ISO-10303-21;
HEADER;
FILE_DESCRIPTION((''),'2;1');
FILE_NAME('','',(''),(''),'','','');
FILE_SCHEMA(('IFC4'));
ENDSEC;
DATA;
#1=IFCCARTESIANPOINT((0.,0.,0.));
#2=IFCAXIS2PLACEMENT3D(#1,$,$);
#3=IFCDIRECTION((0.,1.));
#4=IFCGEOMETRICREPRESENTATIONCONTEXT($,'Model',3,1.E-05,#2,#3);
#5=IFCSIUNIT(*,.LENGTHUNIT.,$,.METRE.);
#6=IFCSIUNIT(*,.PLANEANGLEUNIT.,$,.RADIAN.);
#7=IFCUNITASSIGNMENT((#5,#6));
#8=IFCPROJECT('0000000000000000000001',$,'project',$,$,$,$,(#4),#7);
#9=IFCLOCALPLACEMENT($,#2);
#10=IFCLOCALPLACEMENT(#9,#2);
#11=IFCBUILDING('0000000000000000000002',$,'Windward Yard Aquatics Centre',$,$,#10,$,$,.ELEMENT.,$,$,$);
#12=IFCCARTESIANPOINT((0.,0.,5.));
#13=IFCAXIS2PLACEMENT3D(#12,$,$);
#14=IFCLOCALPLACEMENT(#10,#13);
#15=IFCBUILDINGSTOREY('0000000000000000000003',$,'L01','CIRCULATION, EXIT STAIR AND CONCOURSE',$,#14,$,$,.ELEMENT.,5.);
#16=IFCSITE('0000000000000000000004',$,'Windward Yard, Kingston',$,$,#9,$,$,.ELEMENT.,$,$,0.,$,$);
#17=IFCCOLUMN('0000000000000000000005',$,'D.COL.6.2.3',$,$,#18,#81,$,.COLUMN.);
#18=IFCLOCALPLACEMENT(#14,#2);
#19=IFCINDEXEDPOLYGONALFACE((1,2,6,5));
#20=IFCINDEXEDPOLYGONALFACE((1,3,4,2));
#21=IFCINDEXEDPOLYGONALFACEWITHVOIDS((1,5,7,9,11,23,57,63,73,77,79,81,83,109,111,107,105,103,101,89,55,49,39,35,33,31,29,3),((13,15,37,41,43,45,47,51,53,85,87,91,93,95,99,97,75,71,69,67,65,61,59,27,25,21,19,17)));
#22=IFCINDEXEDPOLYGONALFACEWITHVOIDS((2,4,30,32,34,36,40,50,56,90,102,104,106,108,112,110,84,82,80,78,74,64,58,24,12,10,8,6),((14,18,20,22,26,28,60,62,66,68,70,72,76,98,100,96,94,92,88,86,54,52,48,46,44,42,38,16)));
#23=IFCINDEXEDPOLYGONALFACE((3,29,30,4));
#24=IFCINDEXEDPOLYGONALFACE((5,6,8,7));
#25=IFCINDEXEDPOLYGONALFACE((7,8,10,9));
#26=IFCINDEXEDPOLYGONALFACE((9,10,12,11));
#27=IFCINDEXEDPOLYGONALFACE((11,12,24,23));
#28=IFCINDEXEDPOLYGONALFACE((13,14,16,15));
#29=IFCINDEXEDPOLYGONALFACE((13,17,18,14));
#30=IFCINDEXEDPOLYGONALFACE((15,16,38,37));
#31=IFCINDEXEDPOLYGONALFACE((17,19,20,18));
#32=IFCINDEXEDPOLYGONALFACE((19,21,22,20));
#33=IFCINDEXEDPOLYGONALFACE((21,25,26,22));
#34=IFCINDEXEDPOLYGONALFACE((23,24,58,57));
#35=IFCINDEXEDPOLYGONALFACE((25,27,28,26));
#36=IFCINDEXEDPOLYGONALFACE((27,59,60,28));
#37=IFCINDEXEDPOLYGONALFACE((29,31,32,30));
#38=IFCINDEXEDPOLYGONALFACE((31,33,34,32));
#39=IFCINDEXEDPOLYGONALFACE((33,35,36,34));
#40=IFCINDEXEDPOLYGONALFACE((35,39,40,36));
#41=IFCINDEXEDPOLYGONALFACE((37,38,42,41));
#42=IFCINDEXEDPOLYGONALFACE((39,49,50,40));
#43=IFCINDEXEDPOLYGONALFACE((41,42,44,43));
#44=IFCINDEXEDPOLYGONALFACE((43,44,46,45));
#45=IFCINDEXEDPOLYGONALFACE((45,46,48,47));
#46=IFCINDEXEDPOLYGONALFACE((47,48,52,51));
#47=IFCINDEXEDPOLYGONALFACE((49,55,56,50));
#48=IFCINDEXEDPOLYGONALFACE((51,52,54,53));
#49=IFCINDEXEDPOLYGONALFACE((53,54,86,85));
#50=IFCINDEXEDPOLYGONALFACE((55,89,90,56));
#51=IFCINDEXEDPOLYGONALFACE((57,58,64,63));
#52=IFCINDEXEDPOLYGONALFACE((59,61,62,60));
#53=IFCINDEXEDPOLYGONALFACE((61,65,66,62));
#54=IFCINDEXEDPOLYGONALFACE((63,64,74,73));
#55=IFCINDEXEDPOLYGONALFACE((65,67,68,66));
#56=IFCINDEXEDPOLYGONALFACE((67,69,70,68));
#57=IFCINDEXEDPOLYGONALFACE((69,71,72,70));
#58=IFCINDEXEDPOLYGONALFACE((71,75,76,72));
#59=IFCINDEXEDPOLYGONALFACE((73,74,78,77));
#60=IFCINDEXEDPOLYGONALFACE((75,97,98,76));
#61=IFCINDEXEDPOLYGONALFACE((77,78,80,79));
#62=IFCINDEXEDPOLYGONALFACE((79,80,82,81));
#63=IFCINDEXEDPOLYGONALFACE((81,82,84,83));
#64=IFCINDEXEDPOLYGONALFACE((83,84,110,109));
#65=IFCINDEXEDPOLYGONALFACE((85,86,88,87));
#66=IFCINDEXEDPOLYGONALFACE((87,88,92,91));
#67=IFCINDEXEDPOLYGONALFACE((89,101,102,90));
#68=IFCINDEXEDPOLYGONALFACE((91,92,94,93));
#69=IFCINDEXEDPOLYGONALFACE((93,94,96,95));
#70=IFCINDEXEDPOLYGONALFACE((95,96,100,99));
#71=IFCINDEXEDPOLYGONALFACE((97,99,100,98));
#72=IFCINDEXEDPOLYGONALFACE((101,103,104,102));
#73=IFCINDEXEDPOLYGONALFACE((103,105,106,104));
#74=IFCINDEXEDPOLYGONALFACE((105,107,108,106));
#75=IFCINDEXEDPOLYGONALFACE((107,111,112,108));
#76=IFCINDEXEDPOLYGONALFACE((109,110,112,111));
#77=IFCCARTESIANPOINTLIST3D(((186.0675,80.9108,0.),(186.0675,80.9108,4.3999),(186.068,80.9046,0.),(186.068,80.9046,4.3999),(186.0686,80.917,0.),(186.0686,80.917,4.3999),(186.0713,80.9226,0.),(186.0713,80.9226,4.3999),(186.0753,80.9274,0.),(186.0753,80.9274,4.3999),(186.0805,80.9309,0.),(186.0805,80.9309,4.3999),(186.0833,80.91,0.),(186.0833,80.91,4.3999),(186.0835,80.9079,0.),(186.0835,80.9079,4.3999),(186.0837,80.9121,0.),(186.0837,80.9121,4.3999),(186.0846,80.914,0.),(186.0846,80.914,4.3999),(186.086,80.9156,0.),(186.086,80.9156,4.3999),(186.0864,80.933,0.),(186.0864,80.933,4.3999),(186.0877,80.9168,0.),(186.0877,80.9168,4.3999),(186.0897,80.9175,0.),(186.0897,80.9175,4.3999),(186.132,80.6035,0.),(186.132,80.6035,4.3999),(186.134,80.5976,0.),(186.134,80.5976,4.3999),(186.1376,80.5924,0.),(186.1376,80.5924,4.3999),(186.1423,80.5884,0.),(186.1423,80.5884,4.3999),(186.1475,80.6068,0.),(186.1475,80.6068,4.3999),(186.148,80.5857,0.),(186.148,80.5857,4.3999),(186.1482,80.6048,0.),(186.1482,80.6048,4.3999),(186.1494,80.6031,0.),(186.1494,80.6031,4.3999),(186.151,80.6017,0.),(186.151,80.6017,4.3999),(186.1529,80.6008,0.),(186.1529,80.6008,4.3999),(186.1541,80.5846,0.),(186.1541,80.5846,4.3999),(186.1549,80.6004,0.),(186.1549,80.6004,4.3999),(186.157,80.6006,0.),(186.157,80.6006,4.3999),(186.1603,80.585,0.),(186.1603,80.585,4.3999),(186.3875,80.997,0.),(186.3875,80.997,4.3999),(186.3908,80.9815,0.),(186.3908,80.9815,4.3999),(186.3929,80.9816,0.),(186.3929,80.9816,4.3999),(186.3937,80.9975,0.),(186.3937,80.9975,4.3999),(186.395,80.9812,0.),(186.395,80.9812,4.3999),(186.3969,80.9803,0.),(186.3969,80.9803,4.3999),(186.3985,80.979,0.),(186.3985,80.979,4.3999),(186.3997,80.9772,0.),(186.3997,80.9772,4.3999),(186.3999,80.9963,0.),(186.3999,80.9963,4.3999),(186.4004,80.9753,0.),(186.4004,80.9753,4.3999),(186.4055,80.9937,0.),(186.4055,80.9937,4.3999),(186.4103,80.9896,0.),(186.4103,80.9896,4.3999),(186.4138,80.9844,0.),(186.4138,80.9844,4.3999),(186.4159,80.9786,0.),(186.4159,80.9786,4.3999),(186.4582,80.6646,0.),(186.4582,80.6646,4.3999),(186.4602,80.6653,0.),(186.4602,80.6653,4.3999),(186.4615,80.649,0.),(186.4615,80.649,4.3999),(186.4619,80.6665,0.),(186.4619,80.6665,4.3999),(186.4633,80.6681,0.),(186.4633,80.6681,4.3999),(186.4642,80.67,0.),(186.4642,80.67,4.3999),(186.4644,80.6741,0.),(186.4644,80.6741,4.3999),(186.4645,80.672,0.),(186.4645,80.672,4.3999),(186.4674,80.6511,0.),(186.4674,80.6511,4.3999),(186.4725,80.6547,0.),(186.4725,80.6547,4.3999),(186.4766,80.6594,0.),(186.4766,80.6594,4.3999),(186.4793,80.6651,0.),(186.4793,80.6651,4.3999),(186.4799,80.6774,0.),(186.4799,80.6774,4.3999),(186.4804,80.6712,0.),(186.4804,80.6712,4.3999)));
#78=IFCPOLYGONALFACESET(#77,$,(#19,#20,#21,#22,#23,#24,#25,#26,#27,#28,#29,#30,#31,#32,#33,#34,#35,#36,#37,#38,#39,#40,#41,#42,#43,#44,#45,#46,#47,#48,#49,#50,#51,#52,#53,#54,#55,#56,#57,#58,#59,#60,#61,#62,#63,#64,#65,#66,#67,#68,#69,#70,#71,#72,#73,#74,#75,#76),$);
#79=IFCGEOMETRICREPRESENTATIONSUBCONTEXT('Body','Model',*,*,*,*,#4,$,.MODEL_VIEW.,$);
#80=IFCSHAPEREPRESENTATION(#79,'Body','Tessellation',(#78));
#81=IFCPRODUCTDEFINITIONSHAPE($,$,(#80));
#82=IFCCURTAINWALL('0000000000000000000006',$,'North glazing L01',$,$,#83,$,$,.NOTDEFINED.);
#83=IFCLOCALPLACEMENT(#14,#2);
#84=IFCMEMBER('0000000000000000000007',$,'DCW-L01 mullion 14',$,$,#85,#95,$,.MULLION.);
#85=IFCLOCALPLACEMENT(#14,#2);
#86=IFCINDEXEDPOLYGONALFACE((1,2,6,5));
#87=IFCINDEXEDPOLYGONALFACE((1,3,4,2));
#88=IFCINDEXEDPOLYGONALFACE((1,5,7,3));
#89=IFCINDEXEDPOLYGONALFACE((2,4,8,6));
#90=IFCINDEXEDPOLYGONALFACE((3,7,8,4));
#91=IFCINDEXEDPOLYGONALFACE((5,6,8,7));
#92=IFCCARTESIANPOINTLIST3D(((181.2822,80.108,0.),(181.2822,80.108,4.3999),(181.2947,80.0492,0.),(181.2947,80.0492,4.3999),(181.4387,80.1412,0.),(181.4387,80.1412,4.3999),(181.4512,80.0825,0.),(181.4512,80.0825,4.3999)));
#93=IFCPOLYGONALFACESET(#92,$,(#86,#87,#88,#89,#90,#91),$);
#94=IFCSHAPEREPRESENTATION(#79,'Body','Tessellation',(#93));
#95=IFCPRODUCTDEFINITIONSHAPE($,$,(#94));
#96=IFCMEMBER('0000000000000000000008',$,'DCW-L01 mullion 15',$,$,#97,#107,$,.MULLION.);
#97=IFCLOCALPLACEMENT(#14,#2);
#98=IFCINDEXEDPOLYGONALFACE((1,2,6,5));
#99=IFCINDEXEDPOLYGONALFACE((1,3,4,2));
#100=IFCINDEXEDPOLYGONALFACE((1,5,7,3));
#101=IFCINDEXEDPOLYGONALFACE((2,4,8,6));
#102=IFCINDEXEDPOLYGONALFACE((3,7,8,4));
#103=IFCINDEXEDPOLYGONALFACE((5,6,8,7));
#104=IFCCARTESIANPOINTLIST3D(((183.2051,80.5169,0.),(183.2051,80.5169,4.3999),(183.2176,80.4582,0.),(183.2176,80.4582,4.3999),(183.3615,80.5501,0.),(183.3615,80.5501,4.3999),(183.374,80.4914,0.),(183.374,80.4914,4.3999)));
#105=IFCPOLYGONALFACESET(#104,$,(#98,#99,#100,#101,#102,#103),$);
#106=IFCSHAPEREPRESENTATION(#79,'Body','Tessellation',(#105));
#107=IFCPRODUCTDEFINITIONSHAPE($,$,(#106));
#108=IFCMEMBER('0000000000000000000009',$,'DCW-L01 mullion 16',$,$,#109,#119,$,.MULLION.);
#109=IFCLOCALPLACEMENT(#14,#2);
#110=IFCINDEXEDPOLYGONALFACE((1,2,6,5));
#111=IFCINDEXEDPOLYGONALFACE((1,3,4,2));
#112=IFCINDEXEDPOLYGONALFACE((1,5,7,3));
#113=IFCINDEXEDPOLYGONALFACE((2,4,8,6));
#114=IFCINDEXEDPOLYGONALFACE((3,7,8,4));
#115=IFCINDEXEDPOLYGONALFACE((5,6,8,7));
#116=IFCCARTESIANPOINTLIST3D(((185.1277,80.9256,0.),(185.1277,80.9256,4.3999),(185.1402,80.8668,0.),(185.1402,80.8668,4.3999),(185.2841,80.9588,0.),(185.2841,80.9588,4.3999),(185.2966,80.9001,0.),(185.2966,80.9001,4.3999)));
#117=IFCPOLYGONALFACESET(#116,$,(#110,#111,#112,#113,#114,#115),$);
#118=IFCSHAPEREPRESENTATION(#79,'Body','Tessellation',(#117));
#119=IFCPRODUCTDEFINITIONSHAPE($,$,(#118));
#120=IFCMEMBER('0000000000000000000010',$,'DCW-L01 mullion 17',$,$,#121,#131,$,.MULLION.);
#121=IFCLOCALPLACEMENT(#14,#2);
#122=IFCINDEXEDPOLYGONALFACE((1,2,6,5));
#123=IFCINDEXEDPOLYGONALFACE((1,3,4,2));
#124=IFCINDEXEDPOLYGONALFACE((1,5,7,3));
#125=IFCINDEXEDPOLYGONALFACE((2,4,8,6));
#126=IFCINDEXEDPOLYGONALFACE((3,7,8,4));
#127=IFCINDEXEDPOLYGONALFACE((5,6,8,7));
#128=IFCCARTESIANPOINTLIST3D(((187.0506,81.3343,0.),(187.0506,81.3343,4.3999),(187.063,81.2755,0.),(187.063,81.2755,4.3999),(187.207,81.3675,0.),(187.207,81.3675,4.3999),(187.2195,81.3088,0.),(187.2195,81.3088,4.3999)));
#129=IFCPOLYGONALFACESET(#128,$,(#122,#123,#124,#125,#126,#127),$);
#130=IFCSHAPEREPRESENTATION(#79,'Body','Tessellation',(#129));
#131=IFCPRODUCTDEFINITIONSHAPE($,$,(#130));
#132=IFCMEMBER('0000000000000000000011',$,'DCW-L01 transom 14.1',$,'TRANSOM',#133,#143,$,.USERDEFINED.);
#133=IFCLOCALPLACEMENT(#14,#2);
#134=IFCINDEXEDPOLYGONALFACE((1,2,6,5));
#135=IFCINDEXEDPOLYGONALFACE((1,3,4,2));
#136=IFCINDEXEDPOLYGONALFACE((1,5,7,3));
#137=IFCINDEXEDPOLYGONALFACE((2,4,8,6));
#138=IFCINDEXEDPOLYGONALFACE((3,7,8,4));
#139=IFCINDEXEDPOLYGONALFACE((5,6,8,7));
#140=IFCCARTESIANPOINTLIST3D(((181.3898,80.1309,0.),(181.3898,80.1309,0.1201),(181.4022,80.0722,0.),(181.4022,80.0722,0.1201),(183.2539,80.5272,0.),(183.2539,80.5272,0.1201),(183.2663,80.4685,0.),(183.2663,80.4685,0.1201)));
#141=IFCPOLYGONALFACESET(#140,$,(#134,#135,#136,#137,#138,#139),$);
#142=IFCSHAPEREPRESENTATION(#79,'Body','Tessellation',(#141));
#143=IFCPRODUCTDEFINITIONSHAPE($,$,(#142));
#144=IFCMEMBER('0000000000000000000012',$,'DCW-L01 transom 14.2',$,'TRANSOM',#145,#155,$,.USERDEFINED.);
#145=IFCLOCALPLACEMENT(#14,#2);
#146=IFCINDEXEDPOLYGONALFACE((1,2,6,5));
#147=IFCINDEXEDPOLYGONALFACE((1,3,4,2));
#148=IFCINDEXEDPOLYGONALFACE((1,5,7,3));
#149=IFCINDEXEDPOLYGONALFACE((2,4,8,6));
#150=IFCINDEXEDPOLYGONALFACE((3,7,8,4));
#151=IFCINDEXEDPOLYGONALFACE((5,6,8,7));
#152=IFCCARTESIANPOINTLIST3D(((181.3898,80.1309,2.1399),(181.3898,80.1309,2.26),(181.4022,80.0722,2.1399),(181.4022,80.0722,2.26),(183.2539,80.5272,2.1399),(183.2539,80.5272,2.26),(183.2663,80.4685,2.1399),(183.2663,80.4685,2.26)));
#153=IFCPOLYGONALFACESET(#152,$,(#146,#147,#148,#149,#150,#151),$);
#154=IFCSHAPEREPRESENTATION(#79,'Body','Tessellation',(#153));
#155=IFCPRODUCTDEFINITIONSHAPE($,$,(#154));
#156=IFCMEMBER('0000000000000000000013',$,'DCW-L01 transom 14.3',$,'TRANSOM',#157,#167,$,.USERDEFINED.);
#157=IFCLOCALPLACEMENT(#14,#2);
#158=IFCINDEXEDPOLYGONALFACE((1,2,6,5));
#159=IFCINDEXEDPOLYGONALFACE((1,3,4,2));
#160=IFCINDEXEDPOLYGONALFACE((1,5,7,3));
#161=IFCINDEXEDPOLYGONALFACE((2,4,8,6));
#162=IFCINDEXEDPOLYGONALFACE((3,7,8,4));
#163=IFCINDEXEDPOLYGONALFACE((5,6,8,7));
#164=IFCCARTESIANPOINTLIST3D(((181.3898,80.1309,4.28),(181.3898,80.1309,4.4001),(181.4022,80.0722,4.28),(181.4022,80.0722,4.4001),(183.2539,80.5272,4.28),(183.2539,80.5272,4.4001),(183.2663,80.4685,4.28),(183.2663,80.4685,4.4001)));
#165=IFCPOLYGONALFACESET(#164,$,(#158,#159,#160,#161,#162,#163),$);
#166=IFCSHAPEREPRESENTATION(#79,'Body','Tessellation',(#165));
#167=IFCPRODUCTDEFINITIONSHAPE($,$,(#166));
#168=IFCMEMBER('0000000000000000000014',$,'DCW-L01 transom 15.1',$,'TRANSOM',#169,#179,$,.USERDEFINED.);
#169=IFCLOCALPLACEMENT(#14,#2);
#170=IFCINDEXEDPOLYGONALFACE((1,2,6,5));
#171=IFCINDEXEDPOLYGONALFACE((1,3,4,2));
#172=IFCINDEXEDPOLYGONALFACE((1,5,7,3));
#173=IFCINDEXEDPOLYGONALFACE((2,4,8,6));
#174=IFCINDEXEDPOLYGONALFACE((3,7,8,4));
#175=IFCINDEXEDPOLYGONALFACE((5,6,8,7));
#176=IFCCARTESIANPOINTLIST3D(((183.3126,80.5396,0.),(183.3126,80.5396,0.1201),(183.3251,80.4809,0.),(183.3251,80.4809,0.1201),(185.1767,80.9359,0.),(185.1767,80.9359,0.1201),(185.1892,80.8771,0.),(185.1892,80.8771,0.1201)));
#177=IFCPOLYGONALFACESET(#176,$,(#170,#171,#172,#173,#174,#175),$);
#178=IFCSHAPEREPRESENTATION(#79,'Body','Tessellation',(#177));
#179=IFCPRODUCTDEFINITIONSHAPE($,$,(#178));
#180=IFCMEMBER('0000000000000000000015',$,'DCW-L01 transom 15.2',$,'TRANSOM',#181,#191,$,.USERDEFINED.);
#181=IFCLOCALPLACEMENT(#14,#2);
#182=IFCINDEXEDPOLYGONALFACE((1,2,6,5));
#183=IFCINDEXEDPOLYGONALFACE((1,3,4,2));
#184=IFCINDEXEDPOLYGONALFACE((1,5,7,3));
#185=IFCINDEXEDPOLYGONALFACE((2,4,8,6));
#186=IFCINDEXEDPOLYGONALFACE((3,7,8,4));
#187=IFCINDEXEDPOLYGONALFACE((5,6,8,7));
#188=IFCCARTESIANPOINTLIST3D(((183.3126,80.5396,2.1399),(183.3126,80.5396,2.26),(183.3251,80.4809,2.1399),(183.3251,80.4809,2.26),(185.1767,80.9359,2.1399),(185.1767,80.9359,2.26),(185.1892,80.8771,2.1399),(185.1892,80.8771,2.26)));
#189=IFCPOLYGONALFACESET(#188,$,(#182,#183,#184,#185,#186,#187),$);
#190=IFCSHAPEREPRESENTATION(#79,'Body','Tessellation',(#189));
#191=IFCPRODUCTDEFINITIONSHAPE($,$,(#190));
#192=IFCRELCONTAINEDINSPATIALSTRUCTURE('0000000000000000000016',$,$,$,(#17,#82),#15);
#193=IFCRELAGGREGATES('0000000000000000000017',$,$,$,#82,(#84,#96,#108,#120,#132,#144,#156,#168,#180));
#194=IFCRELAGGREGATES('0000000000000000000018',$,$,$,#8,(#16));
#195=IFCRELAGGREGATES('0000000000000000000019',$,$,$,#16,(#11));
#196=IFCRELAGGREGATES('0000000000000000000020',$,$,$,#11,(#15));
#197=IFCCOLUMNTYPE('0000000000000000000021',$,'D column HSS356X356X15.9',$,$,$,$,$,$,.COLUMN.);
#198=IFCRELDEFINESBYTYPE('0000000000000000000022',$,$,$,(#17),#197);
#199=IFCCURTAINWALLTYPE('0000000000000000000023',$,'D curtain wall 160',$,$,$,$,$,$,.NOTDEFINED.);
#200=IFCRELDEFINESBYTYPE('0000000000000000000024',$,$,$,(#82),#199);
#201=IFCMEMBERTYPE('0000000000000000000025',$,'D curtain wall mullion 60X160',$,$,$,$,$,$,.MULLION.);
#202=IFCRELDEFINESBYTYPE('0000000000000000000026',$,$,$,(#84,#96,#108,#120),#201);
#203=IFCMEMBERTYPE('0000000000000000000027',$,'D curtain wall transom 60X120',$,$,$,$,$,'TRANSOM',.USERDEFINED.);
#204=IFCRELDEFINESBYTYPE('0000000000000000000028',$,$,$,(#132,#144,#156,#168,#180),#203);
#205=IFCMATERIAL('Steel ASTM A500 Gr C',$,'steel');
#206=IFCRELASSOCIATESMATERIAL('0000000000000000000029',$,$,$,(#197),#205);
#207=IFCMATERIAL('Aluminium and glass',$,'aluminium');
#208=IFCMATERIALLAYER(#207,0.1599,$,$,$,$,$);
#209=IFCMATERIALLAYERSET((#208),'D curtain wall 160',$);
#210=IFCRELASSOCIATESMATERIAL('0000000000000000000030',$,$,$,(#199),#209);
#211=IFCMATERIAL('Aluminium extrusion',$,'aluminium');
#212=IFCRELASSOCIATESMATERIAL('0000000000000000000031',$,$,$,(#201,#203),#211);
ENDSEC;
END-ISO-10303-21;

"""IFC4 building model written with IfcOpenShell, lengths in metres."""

from ifc_helpers import new_model, si_unit, direction, frame, origin, origin_2d, place, context, subcontext, project, spatial, rectangle, hollow_rectangle, extrude, material, layer, layer_set, material_profile, profile_set, type_object, element, aggregate, save


model = new_model("IFC4")

# Units and contexts
model_context = context("Model", 3, precision=1e-05, world=origin(), true_north=direction((0.0, 1.0)))
body_context = subcontext(model_context, "Body", "Model", "MODEL_VIEW")
ifc_project = project(units=[si_unit("LENGTHUNIT", "METRE"), si_unit("PLANEANGLEUNIT", "RADIAN")], contexts=[model_context])

# Site, building, storey
site_placement = place(None, origin())
site = spatial("IfcSite", under=ifc_project, at=site_placement, Name="Windward Yard, Kingston", CompositionType="ELEMENT", RefElevation=0.0)
building_placement = place(site_placement, origin())
building = spatial("IfcBuilding", under=site, at=building_placement, Name="Windward Yard Aquatics Centre", CompositionType="ELEMENT")
storey_placement = place(building_placement, frame((0.0, 0.0, 5.0)))
storey = spatial("IfcBuildingStorey", under=building, at=storey_placement, Name="L01", Description="CIRCULATION, EXIT STAIR AND CONCOURSE", CompositionType="ELEMENT", Elevation=5.0)

# Column
ifc_material_1 = material(Name="Steel ASTM A500 Gr C", Category="steel")
ifc_material_profile_1 = material_profile(ifc_material_1, hollow_rectangle(XDim=0.3557, YDim=0.3557, WallThickness=0.0159, InnerFilletRadius=0.0081, OuterFilletRadius=0.0239, at=origin_2d()), Name="HSS356X356X15.9")
ifc_profile_set_1 = profile_set([ifc_material_profile_1], Name="Steel ASTM A500 Gr C")
column_type = type_object("IfcColumnType", Name="D column HSS356X356X15.9", PredefinedType="COLUMN", material=ifc_profile_set_1)
column_placement = place(storey_placement, frame((186.2739, 80.791, 0.0), z_axis=(0.0, 0.0, 1.0), x_axis=(0.978148, 0.207912, 0.0)))
element("IfcColumn", 1, at=column_placement, inside=storey, type_object=column_type, Name="D.COL.6.2.3", PredefinedType="COLUMN", context=body_context, shape_type="SweptSolid", body=[
    extrude(hollow_rectangle(XDim=0.3557, YDim=0.3557, WallThickness=0.0159, InnerFilletRadius=0.0081, OuterFilletRadius=0.0239, at=origin_2d()), origin(), (0.0, 0.0, 1.0), 4.3999),
])

# Curtain wall, members
ifc_material_2 = material(Name="Aluminium and glass", Category="aluminium")
ifc_layer_1 = layer(ifc_material_2, 0.1599)
ifc_layer_set_1 = layer_set([ifc_layer_1], Name="D curtain wall 160")
curtain_wall_type = type_object("IfcCurtainWallType", Name="D curtain wall 160", PredefinedType="NOTDEFINED", material=ifc_layer_set_1)
curtain_wall_placement = place(storey_placement, origin())
curtain_wall = element("IfcCurtainWall", 2, at=curtain_wall_placement, inside=storey, type_object=curtain_wall_type, Name="North glazing L01", PredefinedType="NOTDEFINED")
ifc_material_3 = material(Name="Aluminium extrusion", Category="aluminium")
ifc_material_profile_2 = material_profile(ifc_material_3, rectangle(XDim=0.0601, YDim=0.1599, at=origin_2d()), Name="MULLION 60X160")
ifc_profile_set_2 = profile_set([ifc_material_profile_2], Name="Aluminium extrusion")
member_type_1 = type_object("IfcMemberType", Name="D curtain wall mullion 60X160", PredefinedType="MULLION", material=ifc_profile_set_2)
member_1_placement = place(storey_placement, frame((181.3667, 80.0952, 0.0), z_axis=(0.0, 0.0, 1.0), x_axis=(-0.207912, 0.978148, 0.0)))
member_1 = element("IfcMember", 3, at=member_1_placement, type_object=member_type_1, Name="DCW-L01 mullion 14", PredefinedType="MULLION", context=body_context, shape_type="SweptSolid", body=[
    extrude(rectangle(XDim=0.0601, YDim=0.1599, at=origin_2d()), origin(), (0.0, 0.0, 1.0), 4.3999),
])
member_2_placement = place(storey_placement, frame((183.2896, 80.5042, 0.0), z_axis=(0.0, 0.0, 1.0), x_axis=(-0.207912, 0.978148, 0.0)))
member_2 = element("IfcMember", 4, at=member_2_placement, type_object=member_type_1, Name="DCW-L01 mullion 15", PredefinedType="MULLION", context=body_context, shape_type="SweptSolid", body=[
    extrude(rectangle(XDim=0.0601, YDim=0.1599, at=origin_2d()), origin(), (0.0, 0.0, 1.0), 4.3999),
])
member_3_placement = place(storey_placement, frame((185.2122, 80.9128, 0.0), z_axis=(0.0, 0.0, 1.0), x_axis=(-0.207912, 0.978148, 0.0)))
member_3 = element("IfcMember", 5, at=member_3_placement, type_object=member_type_1, Name="DCW-L01 mullion 16", PredefinedType="MULLION", context=body_context, shape_type="SweptSolid", body=[
    extrude(rectangle(XDim=0.0601, YDim=0.1599, at=origin_2d()), origin(), (0.0, 0.0, 1.0), 4.3999),
])
member_4_placement = place(storey_placement, frame((187.135, 81.3215, 0.0), z_axis=(0.0, 0.0, 1.0), x_axis=(-0.207912, 0.978148, 0.0)))
member_4 = element("IfcMember", 6, at=member_4_placement, type_object=member_type_1, Name="DCW-L01 mullion 17", PredefinedType="MULLION", context=body_context, shape_type="SweptSolid", body=[
    extrude(rectangle(XDim=0.0601, YDim=0.1599, at=origin_2d()), origin(), (0.0, 0.0, 1.0), 4.3999),
])
ifc_material_profile_3 = material_profile(ifc_material_3, rectangle(XDim=0.0601, YDim=0.1201, at=origin_2d()), Name="TRANSOM 60X120")
ifc_profile_set_3 = profile_set([ifc_material_profile_3], Name="Aluminium extrusion")
member_type_2 = type_object("IfcMemberType", Name="D curtain wall transom 60X120", ElementType="TRANSOM", PredefinedType="USERDEFINED", material=ifc_profile_set_3)
member_5_placement = place(storey_placement, frame((181.396, 80.1016, 0.0601), z_axis=(0.978144, 0.207928, 0.0), x_axis=(-0.207928, 0.978144, 0.0)))
member_5 = element("IfcMember", 7, at=member_5_placement, type_object=member_type_2, Name="DCW-L01 transom 14.1", ObjectType="TRANSOM", PredefinedType="USERDEFINED", context=body_context, shape_type="SweptSolid", body=[
    extrude(rectangle(XDim=0.0601, YDim=0.1201, at=origin_2d()), origin(), (0.0, 0.0, 1.0), 1.9058),
])
member_6_placement = place(storey_placement, frame((181.396, 80.1016, 2.2), z_axis=(0.978144, 0.207928, 0.0), x_axis=(-0.207928, 0.978144, 0.0)))
member_6 = element("IfcMember", 8, at=member_6_placement, type_object=member_type_2, Name="DCW-L01 transom 14.2", ObjectType="TRANSOM", PredefinedType="USERDEFINED", context=body_context, shape_type="SweptSolid", body=[
    extrude(rectangle(XDim=0.0601, YDim=0.1201, at=origin_2d()), origin(), (0.0, 0.0, 1.0), 1.9058),
])
member_7_placement = place(storey_placement, frame((181.396, 80.1016, 4.3401), z_axis=(0.978144, 0.207928, 0.0), x_axis=(-0.207928, 0.978144, 0.0)))
member_7 = element("IfcMember", 9, at=member_7_placement, type_object=member_type_2, Name="DCW-L01 transom 14.3", ObjectType="TRANSOM", PredefinedType="USERDEFINED", context=body_context, shape_type="SweptSolid", body=[
    extrude(rectangle(XDim=0.0601, YDim=0.1201, at=origin_2d()), origin(), (0.0, 0.0, 1.0), 1.9058),
])
member_8_placement = place(storey_placement, frame((183.3188, 80.5103, 0.0601), z_axis=(0.978144, 0.207928, 0.0), x_axis=(-0.207928, 0.978144, 0.0)))
member_8 = element("IfcMember", 10, at=member_8_placement, type_object=member_type_2, Name="DCW-L01 transom 15.1", ObjectType="TRANSOM", PredefinedType="USERDEFINED", context=body_context, shape_type="SweptSolid", body=[
    extrude(rectangle(XDim=0.0601, YDim=0.1201, at=origin_2d()), origin(), (0.0, 0.0, 1.0), 1.9058),
])
member_9_placement = place(storey_placement, frame((183.3188, 80.5103, 2.2), z_axis=(0.978144, 0.207928, 0.0), x_axis=(-0.207928, 0.978144, 0.0)))
member_9 = element("IfcMember", 11, at=member_9_placement, type_object=member_type_2, Name="DCW-L01 transom 15.2", ObjectType="TRANSOM", PredefinedType="USERDEFINED", context=body_context, shape_type="SweptSolid", body=[
    extrude(rectangle(XDim=0.0601, YDim=0.1201, at=origin_2d()), origin(), (0.0, 0.0, 1.0), 1.9058),
])
aggregate(curtain_wall, [member_1, member_2, member_3, member_4, member_5, member_6, member_7, member_8, member_9])

save(model, "model.ifc")
